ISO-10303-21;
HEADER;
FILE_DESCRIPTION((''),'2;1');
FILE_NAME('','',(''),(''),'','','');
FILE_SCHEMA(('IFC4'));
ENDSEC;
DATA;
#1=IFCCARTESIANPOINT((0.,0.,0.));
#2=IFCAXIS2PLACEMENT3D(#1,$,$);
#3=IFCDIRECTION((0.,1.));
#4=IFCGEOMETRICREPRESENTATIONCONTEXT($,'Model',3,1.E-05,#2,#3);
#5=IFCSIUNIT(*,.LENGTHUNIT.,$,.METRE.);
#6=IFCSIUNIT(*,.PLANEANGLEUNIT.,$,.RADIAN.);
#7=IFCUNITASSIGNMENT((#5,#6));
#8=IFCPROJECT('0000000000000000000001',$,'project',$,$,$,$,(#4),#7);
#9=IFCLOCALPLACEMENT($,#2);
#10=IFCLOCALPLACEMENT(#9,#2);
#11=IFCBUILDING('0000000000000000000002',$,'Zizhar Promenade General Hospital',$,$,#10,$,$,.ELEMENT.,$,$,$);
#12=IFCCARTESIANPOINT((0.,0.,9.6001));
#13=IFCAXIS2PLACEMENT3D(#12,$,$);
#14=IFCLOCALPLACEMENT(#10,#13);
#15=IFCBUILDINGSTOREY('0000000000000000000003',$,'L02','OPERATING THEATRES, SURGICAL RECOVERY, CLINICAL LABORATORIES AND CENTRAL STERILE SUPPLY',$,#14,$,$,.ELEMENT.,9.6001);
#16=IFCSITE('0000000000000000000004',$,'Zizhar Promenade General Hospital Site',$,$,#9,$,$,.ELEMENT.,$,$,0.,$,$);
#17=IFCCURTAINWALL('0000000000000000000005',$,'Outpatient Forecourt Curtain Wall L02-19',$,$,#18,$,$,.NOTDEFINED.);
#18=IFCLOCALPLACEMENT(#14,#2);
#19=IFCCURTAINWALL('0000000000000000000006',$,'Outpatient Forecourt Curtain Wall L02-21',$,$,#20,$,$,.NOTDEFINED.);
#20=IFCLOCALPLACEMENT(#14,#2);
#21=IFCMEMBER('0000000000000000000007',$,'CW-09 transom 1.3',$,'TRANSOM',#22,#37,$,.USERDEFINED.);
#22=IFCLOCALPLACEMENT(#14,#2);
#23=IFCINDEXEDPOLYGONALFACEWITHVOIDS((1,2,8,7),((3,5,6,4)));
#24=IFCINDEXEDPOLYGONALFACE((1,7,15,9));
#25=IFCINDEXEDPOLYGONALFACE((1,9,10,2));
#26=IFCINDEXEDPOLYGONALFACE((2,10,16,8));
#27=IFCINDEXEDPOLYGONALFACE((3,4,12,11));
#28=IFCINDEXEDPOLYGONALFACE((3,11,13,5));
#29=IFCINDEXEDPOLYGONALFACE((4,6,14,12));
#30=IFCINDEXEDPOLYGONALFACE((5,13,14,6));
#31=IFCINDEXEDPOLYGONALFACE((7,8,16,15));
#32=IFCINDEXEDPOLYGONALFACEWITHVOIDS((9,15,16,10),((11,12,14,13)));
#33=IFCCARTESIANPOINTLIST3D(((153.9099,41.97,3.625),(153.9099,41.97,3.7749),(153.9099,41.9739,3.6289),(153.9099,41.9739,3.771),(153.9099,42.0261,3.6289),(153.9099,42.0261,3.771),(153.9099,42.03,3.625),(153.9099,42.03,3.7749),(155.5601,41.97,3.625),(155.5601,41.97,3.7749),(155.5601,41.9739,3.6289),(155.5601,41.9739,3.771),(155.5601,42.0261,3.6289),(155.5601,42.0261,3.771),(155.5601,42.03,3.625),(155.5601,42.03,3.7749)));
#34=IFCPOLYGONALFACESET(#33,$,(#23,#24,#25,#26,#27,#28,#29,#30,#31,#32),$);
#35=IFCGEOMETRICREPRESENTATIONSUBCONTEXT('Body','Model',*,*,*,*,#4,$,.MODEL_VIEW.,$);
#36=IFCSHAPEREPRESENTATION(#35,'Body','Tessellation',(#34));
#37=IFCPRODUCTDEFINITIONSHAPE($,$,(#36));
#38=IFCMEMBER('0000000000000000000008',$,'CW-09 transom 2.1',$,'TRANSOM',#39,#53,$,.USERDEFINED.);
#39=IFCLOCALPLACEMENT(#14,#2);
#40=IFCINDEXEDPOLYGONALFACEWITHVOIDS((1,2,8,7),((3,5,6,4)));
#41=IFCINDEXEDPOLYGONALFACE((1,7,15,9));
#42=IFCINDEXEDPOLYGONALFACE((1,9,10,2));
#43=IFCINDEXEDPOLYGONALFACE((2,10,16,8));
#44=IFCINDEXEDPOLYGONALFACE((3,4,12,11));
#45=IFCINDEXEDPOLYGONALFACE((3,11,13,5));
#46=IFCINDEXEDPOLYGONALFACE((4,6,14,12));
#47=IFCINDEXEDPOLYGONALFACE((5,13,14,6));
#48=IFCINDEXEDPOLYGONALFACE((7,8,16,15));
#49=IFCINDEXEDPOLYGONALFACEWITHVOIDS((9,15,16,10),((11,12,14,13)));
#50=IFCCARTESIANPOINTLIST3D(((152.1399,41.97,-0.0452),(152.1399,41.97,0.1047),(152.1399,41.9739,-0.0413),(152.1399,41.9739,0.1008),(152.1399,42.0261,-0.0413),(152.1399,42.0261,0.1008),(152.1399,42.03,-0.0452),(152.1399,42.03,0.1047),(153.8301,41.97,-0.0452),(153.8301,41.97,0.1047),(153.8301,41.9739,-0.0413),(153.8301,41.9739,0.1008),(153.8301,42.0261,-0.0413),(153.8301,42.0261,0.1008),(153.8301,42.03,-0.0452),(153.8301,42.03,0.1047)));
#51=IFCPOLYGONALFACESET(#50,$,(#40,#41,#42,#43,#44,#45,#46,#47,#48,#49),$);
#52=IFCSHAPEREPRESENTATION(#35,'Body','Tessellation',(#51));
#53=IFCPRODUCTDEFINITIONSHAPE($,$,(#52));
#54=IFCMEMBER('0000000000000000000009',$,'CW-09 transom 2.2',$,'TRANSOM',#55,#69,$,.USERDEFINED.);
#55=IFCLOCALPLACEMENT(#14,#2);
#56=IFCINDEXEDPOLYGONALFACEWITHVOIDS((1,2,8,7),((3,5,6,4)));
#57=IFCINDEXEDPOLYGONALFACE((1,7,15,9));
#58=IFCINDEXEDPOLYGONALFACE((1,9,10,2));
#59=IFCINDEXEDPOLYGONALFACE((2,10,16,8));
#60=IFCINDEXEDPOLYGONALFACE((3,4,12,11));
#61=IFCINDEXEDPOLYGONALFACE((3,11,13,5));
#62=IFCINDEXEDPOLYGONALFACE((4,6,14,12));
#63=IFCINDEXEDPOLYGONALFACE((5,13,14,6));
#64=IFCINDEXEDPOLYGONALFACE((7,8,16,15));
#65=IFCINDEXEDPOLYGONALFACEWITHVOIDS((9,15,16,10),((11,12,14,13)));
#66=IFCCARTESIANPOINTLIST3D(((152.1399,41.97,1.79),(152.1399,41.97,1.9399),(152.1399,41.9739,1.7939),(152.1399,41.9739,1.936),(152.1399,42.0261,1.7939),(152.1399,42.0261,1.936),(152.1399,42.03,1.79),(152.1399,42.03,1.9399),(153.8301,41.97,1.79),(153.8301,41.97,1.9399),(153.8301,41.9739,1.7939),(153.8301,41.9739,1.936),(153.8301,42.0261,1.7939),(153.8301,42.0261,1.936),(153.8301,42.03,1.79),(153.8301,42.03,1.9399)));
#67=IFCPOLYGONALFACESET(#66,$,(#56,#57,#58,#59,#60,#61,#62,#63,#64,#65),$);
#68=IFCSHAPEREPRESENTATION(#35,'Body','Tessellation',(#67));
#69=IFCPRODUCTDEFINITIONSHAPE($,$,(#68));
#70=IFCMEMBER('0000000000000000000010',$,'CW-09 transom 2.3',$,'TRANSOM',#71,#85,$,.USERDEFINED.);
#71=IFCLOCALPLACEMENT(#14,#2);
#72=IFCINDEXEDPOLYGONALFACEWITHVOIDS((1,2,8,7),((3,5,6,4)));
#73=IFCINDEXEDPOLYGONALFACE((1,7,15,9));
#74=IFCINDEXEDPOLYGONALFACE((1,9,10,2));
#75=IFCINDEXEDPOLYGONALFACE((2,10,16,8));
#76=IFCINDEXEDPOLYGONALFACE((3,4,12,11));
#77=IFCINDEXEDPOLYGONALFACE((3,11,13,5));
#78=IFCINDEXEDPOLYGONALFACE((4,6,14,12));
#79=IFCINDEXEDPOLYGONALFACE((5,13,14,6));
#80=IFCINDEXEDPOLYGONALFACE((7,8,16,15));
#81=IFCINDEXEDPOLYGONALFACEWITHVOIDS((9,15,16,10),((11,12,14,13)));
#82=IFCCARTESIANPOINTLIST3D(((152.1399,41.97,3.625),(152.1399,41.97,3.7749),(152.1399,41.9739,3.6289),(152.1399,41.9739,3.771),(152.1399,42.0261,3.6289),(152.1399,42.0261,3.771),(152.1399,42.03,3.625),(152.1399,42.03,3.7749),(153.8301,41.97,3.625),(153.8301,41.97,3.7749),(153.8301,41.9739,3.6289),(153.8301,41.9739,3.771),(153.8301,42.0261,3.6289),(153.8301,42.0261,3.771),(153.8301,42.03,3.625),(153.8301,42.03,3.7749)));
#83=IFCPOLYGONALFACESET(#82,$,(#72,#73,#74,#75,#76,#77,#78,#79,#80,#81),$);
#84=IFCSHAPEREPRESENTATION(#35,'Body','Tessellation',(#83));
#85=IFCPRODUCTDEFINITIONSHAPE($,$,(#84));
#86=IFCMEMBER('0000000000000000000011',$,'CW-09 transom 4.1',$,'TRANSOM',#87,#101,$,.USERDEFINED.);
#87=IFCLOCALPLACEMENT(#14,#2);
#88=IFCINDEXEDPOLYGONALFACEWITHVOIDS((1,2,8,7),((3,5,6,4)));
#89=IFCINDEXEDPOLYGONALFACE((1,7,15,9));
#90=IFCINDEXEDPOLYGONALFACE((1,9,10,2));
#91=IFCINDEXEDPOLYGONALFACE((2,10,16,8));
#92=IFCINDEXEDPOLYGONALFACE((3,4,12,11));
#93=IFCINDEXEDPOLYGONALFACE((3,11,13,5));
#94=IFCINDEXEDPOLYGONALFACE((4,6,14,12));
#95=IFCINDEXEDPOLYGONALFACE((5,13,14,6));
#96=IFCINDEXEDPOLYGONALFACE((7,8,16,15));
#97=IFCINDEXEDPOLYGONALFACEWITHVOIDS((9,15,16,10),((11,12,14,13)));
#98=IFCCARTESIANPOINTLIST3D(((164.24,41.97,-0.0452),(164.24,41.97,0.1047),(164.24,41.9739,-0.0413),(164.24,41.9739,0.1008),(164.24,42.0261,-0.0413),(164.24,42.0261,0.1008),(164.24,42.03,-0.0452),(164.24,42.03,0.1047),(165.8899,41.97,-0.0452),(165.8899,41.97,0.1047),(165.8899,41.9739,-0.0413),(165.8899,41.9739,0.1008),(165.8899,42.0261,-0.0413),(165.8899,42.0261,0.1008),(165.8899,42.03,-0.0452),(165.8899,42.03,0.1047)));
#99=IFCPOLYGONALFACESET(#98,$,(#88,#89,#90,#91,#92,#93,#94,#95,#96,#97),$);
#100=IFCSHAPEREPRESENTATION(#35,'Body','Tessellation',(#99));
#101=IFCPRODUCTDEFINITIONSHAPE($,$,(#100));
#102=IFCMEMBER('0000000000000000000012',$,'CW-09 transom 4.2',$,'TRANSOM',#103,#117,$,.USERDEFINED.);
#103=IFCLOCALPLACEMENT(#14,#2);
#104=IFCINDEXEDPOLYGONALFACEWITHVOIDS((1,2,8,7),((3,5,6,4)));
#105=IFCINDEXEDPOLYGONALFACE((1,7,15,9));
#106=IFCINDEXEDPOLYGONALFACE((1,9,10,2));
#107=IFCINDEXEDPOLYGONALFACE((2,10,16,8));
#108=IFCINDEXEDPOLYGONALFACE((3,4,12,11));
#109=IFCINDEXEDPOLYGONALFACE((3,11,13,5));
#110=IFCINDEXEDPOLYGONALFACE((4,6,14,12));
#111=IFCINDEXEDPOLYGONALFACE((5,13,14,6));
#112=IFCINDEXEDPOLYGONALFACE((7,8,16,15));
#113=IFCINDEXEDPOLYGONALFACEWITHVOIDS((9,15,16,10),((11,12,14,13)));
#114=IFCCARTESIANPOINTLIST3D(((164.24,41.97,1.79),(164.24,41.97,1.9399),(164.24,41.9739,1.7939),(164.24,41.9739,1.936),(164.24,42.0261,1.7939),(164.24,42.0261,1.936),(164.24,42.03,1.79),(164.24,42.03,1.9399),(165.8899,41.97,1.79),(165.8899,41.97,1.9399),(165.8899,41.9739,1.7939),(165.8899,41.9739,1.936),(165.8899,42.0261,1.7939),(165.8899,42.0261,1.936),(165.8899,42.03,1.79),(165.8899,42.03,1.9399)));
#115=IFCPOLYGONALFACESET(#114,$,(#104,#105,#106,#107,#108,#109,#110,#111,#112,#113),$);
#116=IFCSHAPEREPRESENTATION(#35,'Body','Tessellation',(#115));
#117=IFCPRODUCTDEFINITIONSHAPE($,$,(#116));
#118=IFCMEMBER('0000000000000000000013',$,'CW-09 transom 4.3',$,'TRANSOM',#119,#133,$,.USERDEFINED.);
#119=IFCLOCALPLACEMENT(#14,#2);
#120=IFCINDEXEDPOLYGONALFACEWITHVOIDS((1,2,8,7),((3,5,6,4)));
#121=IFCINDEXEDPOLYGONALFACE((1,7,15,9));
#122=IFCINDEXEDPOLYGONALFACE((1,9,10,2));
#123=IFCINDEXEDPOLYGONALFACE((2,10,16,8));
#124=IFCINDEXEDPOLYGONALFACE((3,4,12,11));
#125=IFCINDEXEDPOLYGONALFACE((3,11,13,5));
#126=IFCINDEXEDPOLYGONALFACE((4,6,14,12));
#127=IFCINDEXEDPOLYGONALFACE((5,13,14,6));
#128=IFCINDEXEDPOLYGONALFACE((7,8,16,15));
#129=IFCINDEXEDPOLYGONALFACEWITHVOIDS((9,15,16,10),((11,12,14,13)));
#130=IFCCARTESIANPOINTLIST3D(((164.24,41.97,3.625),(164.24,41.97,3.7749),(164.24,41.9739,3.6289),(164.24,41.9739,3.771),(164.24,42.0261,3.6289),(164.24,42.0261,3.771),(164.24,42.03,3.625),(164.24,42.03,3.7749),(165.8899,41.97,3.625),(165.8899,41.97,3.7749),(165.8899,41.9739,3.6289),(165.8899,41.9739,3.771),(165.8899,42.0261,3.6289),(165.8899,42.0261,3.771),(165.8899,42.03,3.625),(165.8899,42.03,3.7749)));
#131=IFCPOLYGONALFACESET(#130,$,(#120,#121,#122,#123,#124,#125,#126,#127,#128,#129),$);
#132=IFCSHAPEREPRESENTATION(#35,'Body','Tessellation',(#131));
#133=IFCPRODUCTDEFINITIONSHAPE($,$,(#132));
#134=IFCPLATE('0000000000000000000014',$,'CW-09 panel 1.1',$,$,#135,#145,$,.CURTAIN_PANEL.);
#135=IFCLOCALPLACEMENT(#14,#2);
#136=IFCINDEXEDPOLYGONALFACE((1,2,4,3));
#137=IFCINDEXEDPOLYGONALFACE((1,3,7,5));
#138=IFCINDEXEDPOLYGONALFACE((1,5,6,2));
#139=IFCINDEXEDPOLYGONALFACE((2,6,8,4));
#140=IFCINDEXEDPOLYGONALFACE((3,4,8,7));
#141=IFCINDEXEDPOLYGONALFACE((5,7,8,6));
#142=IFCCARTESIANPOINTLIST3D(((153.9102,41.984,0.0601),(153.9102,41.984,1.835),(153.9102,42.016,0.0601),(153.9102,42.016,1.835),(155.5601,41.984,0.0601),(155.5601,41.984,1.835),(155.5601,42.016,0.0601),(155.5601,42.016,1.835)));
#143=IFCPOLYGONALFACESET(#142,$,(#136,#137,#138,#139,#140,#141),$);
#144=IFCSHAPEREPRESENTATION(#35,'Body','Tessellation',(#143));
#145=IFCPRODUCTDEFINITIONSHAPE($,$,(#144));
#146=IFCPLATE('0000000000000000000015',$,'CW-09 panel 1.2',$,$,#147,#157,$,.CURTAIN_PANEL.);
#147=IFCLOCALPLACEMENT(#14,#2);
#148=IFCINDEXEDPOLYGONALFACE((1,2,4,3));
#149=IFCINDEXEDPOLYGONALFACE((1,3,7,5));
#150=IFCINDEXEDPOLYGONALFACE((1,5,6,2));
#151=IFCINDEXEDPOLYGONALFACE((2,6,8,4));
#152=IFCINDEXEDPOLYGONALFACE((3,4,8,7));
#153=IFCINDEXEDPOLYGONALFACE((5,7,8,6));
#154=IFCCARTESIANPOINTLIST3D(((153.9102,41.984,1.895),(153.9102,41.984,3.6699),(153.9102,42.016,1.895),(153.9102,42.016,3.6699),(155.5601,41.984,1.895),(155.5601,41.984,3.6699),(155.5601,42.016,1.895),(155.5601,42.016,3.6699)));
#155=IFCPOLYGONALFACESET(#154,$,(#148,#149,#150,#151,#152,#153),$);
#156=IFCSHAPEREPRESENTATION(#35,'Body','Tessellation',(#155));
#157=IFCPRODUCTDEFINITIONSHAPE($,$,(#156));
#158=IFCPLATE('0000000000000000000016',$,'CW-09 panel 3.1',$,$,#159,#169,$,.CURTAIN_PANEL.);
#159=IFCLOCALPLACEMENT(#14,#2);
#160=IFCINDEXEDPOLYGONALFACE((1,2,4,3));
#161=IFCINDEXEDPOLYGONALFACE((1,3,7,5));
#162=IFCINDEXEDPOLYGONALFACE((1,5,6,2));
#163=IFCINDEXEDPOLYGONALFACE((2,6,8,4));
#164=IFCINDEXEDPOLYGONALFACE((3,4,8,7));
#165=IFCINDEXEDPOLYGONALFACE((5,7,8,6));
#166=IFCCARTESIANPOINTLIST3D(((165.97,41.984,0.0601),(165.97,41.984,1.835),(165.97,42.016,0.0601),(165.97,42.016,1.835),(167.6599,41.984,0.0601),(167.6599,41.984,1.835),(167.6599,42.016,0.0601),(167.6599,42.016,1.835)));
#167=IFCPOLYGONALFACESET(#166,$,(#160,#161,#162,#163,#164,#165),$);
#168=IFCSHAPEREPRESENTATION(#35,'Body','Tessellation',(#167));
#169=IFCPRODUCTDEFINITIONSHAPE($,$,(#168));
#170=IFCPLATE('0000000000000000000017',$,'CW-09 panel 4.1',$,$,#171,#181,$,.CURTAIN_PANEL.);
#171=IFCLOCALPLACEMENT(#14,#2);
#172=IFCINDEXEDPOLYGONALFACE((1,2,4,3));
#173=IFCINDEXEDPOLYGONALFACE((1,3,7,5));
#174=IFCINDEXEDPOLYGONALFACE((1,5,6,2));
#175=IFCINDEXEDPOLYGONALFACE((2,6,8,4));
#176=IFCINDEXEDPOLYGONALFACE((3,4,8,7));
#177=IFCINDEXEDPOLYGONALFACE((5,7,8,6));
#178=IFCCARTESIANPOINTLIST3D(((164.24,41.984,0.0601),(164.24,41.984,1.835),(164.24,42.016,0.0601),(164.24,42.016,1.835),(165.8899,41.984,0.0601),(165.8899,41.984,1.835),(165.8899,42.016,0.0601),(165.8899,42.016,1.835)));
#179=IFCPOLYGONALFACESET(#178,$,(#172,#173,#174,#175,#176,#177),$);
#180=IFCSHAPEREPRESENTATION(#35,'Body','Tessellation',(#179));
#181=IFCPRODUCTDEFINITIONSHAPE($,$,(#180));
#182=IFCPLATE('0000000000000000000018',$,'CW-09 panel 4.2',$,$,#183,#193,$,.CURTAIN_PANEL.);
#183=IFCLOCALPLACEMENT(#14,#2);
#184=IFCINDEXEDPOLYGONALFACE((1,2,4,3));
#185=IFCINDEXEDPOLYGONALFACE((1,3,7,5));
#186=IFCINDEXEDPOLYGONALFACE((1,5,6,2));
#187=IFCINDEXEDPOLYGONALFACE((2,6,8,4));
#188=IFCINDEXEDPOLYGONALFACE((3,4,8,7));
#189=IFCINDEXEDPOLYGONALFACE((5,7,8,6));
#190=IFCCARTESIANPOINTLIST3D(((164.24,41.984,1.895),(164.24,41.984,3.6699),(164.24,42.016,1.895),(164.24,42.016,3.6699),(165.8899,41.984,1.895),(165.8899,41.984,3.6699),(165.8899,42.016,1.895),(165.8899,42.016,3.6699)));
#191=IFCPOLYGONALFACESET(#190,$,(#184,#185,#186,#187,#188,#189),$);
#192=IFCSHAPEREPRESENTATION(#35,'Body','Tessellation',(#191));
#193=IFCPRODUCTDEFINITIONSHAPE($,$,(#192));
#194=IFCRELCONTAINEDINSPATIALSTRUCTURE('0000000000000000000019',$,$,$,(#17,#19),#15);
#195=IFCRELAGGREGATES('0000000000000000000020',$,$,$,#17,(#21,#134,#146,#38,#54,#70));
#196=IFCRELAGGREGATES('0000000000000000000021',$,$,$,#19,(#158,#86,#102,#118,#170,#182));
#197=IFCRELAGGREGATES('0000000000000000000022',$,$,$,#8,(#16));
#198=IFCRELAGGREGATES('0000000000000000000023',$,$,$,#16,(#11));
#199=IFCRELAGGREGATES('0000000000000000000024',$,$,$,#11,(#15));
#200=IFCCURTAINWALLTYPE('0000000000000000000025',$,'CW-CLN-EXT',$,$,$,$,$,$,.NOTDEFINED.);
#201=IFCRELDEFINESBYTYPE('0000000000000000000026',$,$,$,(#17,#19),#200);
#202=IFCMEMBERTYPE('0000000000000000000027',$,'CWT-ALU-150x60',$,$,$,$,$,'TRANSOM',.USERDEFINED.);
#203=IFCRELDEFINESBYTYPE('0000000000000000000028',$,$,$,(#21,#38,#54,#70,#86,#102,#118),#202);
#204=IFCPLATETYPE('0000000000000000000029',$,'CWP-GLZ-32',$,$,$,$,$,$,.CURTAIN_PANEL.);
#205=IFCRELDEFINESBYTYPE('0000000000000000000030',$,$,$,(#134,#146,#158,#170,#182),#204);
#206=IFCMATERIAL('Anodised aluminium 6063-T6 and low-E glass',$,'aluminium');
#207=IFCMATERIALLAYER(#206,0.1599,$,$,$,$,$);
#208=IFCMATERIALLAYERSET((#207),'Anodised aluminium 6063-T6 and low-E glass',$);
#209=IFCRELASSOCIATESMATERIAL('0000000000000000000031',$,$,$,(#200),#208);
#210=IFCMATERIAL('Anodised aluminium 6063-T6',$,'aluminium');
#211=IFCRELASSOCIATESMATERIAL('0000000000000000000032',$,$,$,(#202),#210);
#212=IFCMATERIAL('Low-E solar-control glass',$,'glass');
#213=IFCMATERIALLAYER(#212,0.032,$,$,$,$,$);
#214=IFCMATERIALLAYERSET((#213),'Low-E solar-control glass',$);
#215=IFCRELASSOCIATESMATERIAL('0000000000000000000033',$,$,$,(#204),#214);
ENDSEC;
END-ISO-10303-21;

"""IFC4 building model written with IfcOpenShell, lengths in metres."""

from ifc_helpers import new_model, si_unit, direction, frame, origin, origin_2d, place, context, subcontext, project, spatial, rectangle, hollow_rectangle, extrude, material, layer, layer_set, material_profile, profile_set, type_object, element, aggregate, save


model = new_model("IFC4")

# Units and contexts
model_context = context("Model", 3, precision=1e-05, world=origin(), true_north=direction((0.0, 1.0)))
body_context = subcontext(model_context, "Body", "Model", "MODEL_VIEW")
ifc_project = project(units=[si_unit("LENGTHUNIT", "METRE"), si_unit("PLANEANGLEUNIT", "RADIAN")], contexts=[model_context])

# Site, building, storey
site_placement = place(None, origin())
site = spatial("IfcSite", under=ifc_project, at=site_placement, Name="Zizhar Promenade General Hospital Site", CompositionType="ELEMENT", RefElevation=0.0)
building_placement = place(site_placement, origin())
building = spatial("IfcBuilding", under=site, at=building_placement, Name="Zizhar Promenade General Hospital", CompositionType="ELEMENT")
storey_placement = place(building_placement, frame((0.0, 0.0, 9.6001)))
storey = spatial("IfcBuildingStorey", under=building, at=storey_placement, Name="L02", Description="OPERATING THEATRES, SURGICAL RECOVERY, CLINICAL LABORATORIES AND CENTRAL STERILE SUPPLY", CompositionType="ELEMENT", Elevation=9.6001)

# Curtain walls
ifc_material_1 = material(Name="Anodised aluminium 6063-T6 and low-E glass", Category="aluminium")
ifc_layer_1 = layer(ifc_material_1, 0.1599)
ifc_layer_set_1 = layer_set([ifc_layer_1], Name="Anodised aluminium 6063-T6 and low-E glass")
curtain_wall_type = type_object("IfcCurtainWallType", Name="CW-CLN-EXT", PredefinedType="NOTDEFINED", material=ifc_layer_set_1)
curtain_wall_1_placement = place(storey_placement, origin())
curtain_wall_1 = element("IfcCurtainWall", 1, at=curtain_wall_1_placement, inside=storey, type_object=curtain_wall_type, Name="Outpatient Forecourt Curtain Wall L02-19", PredefinedType="NOTDEFINED")
curtain_wall_2_placement = place(storey_placement, origin())
curtain_wall_2 = element("IfcCurtainWall", 2, at=curtain_wall_2_placement, inside=storey, type_object=curtain_wall_type, Name="Outpatient Forecourt Curtain Wall L02-21", PredefinedType="NOTDEFINED")

# Members
ifc_material_2 = material(Name="Anodised aluminium 6063-T6", Category="aluminium")
ifc_material_profile_1 = material_profile(ifc_material_2, hollow_rectangle(XDim=0.0601, YDim=0.1499, WallThickness=0.0039, at=origin_2d()))
ifc_profile_set_1 = profile_set([ifc_material_profile_1], Name="Anodised aluminium 6063-T6")
member_type_1 = type_object("IfcMemberType", Name="CWT-ALU-150x60", ElementType="TRANSOM", PredefinedType="USERDEFINED", material=ifc_profile_set_1)
member_1_placement = place(storey_placement, frame((155.5601, 42.0, 3.7), z_axis=(-1.0, 0.0, 0.0), x_axis=(0.0, -1.0, 0.0)))
member_1 = element("IfcMember", 3, at=member_1_placement, type_object=member_type_1, Name="CW-09 transom 1.3", ObjectType="TRANSOM", PredefinedType="USERDEFINED", context=body_context, shape_type="SweptSolid", body=[
    extrude(hollow_rectangle(XDim=0.0601, YDim=0.1499, WallThickness=0.0039, at=origin_2d()), origin(), (0.0, 0.0, 1.0), 1.6501),
])
member_2_placement = place(storey_placement, frame((153.8301, 42.0, 0.0298), z_axis=(-1.0, 0.0, 0.0), x_axis=(0.0, -1.0, 0.0)))
member_2 = element("IfcMember", 4, at=member_2_placement, type_object=member_type_1, Name="CW-09 transom 2.1", ObjectType="TRANSOM", PredefinedType="USERDEFINED", context=body_context, shape_type="SweptSolid", body=[
    extrude(hollow_rectangle(XDim=0.0601, YDim=0.1499, WallThickness=0.0039, at=origin_2d()), origin(), (0.0, 0.0, 1.0), 1.6902),
])
member_3_placement = place(storey_placement, frame((153.8301, 42.0, 1.865), z_axis=(-1.0, 0.0, 0.0), x_axis=(0.0, -1.0, 0.0)))
member_3 = element("IfcMember", 5, at=member_3_placement, type_object=member_type_1, Name="CW-09 transom 2.2", ObjectType="TRANSOM", PredefinedType="USERDEFINED", context=body_context, shape_type="SweptSolid", body=[
    extrude(hollow_rectangle(XDim=0.0601, YDim=0.1499, WallThickness=0.0039, at=origin_2d()), origin(), (0.0, 0.0, 1.0), 1.6902),
])
member_4_placement = place(storey_placement, frame((153.8301, 42.0, 3.7), z_axis=(-1.0, 0.0, 0.0), x_axis=(0.0, -1.0, 0.0)))
member_4 = element("IfcMember", 6, at=member_4_placement, type_object=member_type_1, Name="CW-09 transom 2.3", ObjectType="TRANSOM", PredefinedType="USERDEFINED", context=body_context, shape_type="SweptSolid", body=[
    extrude(hollow_rectangle(XDim=0.0601, YDim=0.1499, WallThickness=0.0039, at=origin_2d()), origin(), (0.0, 0.0, 1.0), 1.6902),
])
member_5_placement = place(storey_placement, frame((165.8899, 42.0, 0.0298), z_axis=(-1.0, 0.0, 0.0), x_axis=(0.0, -1.0, 0.0)))
member_5 = element("IfcMember", 7, at=member_5_placement, type_object=member_type_1, Name="CW-09 transom 4.1", ObjectType="TRANSOM", PredefinedType="USERDEFINED", context=body_context, shape_type="SweptSolid", body=[
    extrude(hollow_rectangle(XDim=0.0601, YDim=0.1499, WallThickness=0.0039, at=origin_2d()), origin(), (0.0, 0.0, 1.0), 1.6499),
])
member_6_placement = place(storey_placement, frame((165.8899, 42.0, 1.865), z_axis=(-1.0, 0.0, 0.0), x_axis=(0.0, -1.0, 0.0)))
member_6 = element("IfcMember", 8, at=member_6_placement, type_object=member_type_1, Name="CW-09 transom 4.2", ObjectType="TRANSOM", PredefinedType="USERDEFINED", context=body_context, shape_type="SweptSolid", body=[
    extrude(hollow_rectangle(XDim=0.0601, YDim=0.1499, WallThickness=0.0039, at=origin_2d()), origin(), (0.0, 0.0, 1.0), 1.6499),
])
member_7_placement = place(storey_placement, frame((165.8899, 42.0, 3.7), z_axis=(-1.0, 0.0, 0.0), x_axis=(0.0, -1.0, 0.0)))
member_7 = element("IfcMember", 9, at=member_7_placement, type_object=member_type_1, Name="CW-09 transom 4.3", ObjectType="TRANSOM", PredefinedType="USERDEFINED", context=body_context, shape_type="SweptSolid", body=[
    extrude(hollow_rectangle(XDim=0.0601, YDim=0.1499, WallThickness=0.0039, at=origin_2d()), origin(), (0.0, 0.0, 1.0), 1.6499),
])

# Plates
ifc_material_3 = material(Name="Low-E solar-control glass", Category="glass")
ifc_layer_2 = layer(ifc_material_3, 0.032)
ifc_layer_set_2 = layer_set([ifc_layer_2], Name="Low-E solar-control glass")
plate_type = type_object("IfcPlateType", Name="CWP-GLZ-32", PredefinedType="CURTAIN_PANEL", material=ifc_layer_set_2)
plate_1_placement = place(storey_placement, frame((154.7351, 42.0, 0.0601), z_axis=(0.0, 0.0, 1.0), x_axis=(-1.0, 0.0, 0.0)))
plate_1 = element("IfcPlate", 10, at=plate_1_placement, type_object=plate_type, Name="CW-09 panel 1.1", PredefinedType="CURTAIN_PANEL", context=body_context, shape_type="SweptSolid", body=[
    extrude(rectangle(XDim=1.6499, YDim=0.032, at=origin_2d()), origin(), (0.0, 0.0, 1.0), 1.7749),
])
plate_2_placement = place(storey_placement, frame((154.7351, 42.0, 1.895), z_axis=(0.0, 0.0, 1.0), x_axis=(-1.0, 0.0, 0.0)))
plate_2 = element("IfcPlate", 11, at=plate_2_placement, type_object=plate_type, Name="CW-09 panel 1.2", PredefinedType="CURTAIN_PANEL", context=body_context, shape_type="SweptSolid", body=[
    extrude(rectangle(XDim=1.6499, YDim=0.032, at=origin_2d()), origin(), (0.0, 0.0, 1.0), 1.7749),
])
aggregate(curtain_wall_1, [member_1, plate_1, plate_2, member_2, member_3, member_4])
plate_3_placement = place(storey_placement, frame((166.8149, 42.0, 0.0601), z_axis=(0.0, 0.0, 1.0), x_axis=(-1.0, 0.0, 0.0)))
plate_3 = element("IfcPlate", 12, at=plate_3_placement, type_object=plate_type, Name="CW-09 panel 3.1", PredefinedType="CURTAIN_PANEL", context=body_context, shape_type="SweptSolid", body=[
    extrude(rectangle(XDim=1.6899, YDim=0.032, at=origin_2d()), origin(), (0.0, 0.0, 1.0), 1.7749),
])
plate_4_placement = place(storey_placement, frame((165.0649, 42.0, 0.0601), z_axis=(0.0, 0.0, 1.0), x_axis=(-1.0, 0.0, 0.0)))
plate_4 = element("IfcPlate", 13, at=plate_4_placement, type_object=plate_type, Name="CW-09 panel 4.1", PredefinedType="CURTAIN_PANEL", context=body_context, shape_type="SweptSolid", body=[
    extrude(rectangle(XDim=1.6499, YDim=0.032, at=origin_2d()), origin(), (0.0, 0.0, 1.0), 1.7749),
])
plate_5_placement = place(storey_placement, frame((165.0649, 42.0, 1.895), z_axis=(0.0, 0.0, 1.0), x_axis=(-1.0, 0.0, 0.0)))
plate_5 = element("IfcPlate", 14, at=plate_5_placement, type_object=plate_type, Name="CW-09 panel 4.2", PredefinedType="CURTAIN_PANEL", context=body_context, shape_type="SweptSolid", body=[
    extrude(rectangle(XDim=1.6499, YDim=0.032, at=origin_2d()), origin(), (0.0, 0.0, 1.0), 1.7749),
])
aggregate(curtain_wall_2, [plate_3, member_5, member_6, member_7, plate_4, plate_5])

save(model, "model.ifc")
